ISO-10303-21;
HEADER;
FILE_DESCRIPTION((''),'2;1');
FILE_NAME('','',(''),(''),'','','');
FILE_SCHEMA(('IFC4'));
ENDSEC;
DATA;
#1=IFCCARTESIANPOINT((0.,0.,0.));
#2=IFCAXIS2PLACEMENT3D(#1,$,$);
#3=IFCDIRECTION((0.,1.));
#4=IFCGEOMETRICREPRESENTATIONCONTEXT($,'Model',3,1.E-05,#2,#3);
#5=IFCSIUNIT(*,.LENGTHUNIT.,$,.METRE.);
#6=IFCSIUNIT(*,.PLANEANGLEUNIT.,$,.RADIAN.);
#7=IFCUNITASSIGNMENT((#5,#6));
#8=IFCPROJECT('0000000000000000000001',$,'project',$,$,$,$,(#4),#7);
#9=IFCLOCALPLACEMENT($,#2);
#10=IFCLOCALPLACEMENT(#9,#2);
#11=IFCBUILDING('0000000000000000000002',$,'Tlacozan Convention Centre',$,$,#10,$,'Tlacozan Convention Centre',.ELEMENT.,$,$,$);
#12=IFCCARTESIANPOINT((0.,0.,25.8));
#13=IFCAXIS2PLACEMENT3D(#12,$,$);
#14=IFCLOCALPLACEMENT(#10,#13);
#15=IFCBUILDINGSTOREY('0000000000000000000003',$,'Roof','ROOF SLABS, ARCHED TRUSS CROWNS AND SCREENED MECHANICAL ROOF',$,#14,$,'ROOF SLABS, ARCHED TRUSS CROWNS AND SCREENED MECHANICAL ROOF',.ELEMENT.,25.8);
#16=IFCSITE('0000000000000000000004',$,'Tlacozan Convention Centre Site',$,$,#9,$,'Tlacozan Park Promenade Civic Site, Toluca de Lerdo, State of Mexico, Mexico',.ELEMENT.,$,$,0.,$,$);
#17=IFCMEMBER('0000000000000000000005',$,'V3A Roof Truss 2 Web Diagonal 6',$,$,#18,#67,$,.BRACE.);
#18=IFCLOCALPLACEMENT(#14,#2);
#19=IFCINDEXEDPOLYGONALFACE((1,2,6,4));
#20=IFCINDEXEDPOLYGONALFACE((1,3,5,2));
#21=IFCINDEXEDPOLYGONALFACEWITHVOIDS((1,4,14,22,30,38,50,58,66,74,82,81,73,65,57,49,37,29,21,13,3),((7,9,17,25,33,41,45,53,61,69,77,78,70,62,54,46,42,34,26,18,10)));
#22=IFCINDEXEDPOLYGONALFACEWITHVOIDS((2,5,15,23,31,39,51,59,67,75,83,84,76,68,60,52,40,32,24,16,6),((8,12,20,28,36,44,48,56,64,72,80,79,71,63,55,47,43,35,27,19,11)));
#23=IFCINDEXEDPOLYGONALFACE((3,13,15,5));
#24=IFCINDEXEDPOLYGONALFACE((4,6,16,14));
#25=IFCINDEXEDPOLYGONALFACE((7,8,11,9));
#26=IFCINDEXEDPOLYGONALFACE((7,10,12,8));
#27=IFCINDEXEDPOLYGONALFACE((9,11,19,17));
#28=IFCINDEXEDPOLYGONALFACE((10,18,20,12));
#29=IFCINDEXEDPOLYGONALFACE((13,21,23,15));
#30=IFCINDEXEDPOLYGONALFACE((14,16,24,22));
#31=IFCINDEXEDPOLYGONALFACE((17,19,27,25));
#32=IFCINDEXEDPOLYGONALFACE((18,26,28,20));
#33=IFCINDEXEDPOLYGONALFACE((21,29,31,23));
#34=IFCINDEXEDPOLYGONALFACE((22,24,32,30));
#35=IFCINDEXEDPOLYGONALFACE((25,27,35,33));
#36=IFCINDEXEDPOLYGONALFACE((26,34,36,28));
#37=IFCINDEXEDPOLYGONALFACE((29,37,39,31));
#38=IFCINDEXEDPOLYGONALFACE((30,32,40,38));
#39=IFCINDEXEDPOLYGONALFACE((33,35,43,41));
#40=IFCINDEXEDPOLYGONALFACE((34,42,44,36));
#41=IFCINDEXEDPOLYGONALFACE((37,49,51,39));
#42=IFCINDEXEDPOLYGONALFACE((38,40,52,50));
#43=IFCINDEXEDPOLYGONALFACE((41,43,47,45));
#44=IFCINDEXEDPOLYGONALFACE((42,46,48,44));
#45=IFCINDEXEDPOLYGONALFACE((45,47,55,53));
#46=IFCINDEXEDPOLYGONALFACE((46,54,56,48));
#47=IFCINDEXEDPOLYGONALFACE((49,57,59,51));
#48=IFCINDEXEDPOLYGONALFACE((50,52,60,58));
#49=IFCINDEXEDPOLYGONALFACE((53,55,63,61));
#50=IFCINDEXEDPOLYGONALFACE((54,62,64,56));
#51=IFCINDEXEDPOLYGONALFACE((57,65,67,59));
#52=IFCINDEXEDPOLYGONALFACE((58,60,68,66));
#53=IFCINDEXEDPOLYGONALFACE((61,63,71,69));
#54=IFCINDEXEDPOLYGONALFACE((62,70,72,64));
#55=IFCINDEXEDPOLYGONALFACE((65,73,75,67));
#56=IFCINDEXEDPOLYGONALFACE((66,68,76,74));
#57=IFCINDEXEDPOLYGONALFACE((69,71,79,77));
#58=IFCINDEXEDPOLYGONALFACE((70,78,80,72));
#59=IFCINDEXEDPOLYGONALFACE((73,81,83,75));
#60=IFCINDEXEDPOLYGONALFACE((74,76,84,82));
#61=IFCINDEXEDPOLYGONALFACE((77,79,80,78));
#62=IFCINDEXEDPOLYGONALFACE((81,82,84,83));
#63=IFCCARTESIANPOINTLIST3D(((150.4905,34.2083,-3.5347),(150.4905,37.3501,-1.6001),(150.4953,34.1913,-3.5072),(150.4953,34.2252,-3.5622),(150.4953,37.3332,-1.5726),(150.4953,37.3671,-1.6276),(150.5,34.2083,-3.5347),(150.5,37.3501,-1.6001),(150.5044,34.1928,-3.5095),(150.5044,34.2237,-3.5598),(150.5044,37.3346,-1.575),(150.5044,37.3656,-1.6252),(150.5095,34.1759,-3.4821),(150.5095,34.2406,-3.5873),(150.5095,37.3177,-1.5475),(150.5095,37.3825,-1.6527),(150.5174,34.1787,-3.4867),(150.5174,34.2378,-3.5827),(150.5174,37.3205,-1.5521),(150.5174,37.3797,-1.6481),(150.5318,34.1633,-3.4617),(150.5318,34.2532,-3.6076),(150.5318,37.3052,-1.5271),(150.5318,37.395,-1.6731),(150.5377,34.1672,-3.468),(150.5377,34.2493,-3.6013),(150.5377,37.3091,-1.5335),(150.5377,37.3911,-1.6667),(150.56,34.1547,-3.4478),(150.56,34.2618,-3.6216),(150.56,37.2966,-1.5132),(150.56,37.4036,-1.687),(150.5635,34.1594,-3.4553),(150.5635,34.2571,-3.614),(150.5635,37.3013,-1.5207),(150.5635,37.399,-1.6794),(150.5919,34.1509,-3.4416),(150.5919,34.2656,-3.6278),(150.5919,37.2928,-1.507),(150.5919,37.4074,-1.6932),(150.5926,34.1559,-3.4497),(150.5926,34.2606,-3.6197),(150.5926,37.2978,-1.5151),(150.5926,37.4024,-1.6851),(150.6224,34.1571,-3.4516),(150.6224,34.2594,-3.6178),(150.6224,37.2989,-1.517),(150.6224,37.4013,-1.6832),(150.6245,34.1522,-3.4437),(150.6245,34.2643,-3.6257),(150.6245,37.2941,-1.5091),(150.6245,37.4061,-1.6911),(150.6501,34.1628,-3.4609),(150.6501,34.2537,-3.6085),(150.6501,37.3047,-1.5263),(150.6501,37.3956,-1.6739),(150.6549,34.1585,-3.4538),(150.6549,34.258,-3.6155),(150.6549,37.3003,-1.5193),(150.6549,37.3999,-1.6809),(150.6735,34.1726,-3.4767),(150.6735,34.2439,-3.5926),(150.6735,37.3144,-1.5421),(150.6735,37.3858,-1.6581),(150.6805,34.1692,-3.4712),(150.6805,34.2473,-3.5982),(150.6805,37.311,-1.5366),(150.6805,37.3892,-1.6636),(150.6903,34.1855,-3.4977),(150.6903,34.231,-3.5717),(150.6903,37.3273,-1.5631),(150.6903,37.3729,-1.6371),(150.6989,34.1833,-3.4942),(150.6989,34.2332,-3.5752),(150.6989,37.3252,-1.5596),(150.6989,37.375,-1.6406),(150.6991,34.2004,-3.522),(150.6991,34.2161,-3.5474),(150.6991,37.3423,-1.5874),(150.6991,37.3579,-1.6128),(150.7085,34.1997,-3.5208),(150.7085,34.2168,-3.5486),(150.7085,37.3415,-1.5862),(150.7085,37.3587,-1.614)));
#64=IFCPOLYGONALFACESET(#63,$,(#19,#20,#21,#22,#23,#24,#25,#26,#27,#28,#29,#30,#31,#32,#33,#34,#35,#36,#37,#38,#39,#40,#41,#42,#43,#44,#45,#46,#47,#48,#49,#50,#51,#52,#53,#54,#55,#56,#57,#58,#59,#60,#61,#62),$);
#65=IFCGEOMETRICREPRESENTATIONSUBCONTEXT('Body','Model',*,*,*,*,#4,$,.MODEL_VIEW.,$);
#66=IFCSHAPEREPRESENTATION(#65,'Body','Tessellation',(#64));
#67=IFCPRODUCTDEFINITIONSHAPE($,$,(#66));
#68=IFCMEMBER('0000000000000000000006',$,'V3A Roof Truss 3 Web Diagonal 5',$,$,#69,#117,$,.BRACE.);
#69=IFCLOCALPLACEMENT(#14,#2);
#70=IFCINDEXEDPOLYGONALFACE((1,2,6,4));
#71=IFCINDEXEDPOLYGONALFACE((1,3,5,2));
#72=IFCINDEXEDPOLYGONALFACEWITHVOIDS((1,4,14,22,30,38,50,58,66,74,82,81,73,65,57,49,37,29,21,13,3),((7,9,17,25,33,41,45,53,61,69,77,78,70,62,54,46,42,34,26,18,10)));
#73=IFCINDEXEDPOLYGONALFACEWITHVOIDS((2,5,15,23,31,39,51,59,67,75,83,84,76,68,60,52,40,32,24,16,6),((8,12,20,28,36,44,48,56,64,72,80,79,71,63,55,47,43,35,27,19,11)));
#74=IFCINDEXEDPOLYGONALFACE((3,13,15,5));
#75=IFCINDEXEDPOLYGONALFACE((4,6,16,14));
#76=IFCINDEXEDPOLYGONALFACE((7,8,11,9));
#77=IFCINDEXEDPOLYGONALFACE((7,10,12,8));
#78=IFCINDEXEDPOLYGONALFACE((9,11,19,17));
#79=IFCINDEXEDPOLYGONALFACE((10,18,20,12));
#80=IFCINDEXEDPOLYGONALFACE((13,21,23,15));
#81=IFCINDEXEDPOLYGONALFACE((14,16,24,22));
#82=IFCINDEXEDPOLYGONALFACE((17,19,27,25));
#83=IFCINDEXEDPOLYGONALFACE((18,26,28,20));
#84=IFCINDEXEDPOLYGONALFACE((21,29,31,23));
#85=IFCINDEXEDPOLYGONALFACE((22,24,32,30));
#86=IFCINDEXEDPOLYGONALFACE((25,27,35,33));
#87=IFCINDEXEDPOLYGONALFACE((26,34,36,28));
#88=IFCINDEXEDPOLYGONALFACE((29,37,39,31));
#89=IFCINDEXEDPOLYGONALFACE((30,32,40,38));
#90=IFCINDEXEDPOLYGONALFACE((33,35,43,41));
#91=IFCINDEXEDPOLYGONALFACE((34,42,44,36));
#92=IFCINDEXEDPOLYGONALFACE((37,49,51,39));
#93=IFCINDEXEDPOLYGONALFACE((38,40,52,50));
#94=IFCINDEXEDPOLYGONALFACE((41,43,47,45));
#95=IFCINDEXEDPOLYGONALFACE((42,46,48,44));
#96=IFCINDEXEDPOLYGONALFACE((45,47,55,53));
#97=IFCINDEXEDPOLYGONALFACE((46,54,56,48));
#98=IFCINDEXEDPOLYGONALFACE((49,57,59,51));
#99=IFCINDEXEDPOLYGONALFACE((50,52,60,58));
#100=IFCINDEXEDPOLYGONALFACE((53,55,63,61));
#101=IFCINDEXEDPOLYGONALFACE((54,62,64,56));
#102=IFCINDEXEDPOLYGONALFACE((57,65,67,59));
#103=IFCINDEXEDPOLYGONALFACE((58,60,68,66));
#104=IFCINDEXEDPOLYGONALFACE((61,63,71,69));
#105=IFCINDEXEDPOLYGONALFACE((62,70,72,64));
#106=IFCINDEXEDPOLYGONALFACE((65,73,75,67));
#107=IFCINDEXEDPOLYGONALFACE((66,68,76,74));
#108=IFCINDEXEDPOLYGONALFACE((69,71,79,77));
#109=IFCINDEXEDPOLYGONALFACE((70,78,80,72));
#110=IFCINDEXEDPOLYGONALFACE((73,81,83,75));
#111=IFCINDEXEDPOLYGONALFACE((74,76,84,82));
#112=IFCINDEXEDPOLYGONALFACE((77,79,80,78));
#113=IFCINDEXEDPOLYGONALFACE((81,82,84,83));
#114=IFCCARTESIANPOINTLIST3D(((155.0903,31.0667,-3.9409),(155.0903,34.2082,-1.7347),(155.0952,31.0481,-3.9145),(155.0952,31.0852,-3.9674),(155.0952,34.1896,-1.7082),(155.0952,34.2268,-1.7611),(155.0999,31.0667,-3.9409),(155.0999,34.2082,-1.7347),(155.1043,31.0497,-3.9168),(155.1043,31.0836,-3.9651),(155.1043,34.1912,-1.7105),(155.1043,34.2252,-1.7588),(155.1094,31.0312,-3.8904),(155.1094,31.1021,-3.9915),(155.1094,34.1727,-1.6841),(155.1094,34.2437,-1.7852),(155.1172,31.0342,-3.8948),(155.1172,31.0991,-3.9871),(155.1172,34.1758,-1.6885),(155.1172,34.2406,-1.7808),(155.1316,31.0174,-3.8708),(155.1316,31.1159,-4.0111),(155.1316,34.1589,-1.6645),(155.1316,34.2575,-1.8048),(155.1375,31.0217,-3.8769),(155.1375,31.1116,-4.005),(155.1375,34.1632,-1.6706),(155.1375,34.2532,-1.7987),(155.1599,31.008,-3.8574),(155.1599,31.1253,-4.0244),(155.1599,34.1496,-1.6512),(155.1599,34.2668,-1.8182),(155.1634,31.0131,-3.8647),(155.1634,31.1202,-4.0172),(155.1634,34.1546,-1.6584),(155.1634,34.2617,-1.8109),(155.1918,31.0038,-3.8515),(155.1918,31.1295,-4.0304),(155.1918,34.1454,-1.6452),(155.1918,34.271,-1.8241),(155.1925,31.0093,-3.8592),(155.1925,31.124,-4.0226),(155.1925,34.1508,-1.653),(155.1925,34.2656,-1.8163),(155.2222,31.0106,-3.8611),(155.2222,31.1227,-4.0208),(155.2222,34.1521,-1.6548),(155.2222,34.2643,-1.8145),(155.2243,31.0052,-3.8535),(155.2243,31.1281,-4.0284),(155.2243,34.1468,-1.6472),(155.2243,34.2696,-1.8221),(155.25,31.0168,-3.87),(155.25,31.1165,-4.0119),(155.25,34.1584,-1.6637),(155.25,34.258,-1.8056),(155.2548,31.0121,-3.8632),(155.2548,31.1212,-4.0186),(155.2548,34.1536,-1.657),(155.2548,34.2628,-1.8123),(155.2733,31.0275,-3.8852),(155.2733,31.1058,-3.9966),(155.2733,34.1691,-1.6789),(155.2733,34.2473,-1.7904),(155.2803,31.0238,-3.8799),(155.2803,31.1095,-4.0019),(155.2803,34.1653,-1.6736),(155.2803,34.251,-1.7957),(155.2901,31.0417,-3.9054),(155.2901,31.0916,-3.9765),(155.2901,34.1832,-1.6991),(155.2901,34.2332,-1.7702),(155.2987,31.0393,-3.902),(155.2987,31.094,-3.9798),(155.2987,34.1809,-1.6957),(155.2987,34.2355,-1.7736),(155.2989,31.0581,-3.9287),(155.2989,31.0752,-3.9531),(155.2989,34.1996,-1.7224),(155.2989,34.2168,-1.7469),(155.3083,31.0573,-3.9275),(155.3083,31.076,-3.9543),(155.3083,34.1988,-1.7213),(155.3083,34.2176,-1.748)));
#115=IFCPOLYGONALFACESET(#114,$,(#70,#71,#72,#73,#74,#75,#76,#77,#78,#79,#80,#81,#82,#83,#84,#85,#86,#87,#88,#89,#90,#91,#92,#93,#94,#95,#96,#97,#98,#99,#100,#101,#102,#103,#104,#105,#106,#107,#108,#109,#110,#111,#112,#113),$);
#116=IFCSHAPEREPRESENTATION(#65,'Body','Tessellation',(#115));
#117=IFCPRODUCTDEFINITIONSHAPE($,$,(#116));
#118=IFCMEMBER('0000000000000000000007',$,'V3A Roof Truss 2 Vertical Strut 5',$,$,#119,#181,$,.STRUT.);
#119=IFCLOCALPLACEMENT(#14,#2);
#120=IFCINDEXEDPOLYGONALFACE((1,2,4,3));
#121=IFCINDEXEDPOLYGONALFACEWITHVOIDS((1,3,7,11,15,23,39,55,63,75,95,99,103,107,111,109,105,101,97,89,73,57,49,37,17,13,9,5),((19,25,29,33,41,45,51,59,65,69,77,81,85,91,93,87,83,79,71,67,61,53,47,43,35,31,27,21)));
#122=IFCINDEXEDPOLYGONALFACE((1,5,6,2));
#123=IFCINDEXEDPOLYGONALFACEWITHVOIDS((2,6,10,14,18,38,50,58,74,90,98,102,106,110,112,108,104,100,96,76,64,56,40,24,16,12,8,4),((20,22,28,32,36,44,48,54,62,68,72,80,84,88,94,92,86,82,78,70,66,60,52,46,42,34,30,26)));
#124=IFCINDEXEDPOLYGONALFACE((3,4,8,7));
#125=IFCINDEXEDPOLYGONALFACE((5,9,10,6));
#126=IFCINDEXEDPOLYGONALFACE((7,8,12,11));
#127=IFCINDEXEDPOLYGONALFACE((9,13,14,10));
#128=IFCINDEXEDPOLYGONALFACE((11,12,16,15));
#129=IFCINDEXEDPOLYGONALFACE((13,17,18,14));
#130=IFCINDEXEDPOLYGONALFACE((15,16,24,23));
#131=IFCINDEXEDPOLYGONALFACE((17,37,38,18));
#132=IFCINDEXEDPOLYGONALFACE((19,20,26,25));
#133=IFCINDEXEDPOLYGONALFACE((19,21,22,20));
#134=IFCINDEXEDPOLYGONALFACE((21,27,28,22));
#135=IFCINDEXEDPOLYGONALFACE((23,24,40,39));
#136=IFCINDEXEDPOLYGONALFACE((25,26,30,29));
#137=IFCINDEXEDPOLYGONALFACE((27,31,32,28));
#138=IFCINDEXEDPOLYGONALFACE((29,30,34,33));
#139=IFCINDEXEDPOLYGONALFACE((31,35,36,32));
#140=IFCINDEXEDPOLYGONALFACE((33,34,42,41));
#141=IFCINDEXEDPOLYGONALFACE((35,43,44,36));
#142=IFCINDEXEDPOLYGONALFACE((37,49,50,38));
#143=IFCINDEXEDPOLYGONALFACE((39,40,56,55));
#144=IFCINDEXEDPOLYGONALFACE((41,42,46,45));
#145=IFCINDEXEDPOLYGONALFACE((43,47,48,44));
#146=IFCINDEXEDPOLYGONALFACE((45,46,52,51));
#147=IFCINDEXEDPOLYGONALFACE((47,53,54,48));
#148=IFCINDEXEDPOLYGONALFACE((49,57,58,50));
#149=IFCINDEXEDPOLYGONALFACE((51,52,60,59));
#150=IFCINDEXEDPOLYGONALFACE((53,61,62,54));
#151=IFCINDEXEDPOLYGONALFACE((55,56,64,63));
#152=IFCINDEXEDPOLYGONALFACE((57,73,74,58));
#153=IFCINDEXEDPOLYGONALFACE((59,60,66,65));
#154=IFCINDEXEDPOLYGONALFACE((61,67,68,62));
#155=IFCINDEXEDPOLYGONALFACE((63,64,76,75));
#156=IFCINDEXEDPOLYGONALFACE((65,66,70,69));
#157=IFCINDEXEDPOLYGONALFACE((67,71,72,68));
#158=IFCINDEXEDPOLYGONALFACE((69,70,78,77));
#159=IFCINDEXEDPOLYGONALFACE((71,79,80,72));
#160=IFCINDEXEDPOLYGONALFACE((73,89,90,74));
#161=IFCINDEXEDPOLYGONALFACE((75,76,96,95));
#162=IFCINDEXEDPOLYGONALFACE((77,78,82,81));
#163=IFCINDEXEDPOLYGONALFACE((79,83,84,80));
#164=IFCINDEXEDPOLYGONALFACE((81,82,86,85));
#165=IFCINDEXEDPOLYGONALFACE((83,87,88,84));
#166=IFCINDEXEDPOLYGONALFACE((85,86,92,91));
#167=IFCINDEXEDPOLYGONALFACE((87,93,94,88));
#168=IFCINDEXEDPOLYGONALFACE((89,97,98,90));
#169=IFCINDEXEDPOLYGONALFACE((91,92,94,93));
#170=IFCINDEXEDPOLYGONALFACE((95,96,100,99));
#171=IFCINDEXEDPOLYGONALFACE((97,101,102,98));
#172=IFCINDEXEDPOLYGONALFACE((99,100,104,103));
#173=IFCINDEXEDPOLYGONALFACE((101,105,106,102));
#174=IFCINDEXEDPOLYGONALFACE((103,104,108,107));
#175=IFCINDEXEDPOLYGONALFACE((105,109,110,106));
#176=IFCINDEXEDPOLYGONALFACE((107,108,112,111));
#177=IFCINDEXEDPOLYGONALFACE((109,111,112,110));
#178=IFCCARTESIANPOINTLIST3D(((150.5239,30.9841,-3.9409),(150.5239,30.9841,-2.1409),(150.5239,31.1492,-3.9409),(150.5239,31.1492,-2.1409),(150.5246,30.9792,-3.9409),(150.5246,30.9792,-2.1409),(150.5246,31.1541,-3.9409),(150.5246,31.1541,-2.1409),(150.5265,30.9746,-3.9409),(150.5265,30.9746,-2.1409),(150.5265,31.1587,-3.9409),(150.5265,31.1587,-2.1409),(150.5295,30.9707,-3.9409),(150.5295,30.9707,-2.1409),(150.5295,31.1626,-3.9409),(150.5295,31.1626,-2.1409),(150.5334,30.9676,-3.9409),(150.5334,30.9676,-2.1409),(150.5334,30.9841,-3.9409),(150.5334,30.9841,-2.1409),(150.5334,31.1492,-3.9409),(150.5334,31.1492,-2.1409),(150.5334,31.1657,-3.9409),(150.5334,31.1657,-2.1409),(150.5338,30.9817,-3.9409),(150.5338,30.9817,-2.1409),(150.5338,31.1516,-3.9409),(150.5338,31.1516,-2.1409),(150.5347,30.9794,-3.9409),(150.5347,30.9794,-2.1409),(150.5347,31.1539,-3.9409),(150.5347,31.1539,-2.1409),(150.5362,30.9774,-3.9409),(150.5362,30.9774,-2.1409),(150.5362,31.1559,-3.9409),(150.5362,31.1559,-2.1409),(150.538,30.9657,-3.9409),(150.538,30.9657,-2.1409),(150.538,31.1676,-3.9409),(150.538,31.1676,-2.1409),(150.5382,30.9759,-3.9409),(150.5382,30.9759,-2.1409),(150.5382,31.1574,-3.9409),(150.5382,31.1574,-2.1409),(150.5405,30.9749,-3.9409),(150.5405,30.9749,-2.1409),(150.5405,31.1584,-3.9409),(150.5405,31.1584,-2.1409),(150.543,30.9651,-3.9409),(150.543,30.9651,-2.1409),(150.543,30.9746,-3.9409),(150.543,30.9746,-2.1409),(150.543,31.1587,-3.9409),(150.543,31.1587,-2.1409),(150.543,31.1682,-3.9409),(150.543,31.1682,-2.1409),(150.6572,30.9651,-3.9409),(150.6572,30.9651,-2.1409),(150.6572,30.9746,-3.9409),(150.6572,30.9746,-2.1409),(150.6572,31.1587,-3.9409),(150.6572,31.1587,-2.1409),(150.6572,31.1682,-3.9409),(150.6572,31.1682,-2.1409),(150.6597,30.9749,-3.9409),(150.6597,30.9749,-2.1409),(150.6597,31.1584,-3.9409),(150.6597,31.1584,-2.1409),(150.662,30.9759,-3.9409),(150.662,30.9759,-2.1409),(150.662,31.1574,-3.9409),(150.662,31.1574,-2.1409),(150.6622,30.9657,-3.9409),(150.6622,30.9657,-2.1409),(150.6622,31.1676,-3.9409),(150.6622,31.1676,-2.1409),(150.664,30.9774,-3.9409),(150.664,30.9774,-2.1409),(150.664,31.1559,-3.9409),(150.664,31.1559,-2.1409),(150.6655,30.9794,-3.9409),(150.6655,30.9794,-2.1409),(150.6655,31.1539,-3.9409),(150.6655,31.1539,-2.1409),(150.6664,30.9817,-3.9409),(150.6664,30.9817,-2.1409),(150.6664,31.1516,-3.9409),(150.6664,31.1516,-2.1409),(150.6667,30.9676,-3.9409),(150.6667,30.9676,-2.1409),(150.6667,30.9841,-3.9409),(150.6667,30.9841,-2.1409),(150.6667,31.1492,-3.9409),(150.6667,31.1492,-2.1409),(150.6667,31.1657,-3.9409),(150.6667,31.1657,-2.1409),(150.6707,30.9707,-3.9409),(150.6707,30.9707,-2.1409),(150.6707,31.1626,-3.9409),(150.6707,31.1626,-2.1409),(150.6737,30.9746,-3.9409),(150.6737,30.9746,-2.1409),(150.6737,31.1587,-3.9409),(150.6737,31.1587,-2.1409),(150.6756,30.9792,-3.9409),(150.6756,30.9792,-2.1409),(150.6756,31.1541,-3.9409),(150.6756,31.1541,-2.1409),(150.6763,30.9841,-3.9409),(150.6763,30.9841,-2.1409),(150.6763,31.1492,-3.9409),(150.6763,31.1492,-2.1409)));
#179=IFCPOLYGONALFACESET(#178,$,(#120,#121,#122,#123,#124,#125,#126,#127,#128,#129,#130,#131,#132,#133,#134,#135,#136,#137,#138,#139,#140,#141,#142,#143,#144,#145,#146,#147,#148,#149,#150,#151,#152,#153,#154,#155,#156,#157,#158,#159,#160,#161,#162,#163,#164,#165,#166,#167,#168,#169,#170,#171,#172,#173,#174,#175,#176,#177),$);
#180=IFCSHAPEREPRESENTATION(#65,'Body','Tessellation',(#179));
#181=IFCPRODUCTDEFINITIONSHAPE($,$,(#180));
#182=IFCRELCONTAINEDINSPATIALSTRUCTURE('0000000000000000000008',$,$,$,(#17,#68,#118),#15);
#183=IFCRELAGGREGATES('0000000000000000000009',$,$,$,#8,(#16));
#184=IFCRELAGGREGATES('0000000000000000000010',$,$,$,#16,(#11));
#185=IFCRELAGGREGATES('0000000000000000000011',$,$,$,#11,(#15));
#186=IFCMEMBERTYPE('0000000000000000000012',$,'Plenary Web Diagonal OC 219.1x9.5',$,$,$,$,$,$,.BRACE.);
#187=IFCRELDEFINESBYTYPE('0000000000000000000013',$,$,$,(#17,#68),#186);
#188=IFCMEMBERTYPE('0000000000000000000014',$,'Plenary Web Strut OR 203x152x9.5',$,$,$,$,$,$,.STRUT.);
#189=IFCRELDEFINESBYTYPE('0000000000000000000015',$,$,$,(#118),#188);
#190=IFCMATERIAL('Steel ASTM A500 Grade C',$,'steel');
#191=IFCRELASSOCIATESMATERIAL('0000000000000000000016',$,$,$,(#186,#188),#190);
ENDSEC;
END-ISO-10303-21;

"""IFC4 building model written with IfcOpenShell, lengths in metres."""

from ifc_helpers import new_model, si_unit, direction, frame, origin, origin_2d, place, context, subcontext, project, spatial, hollow_rectangle, hollow_circle, extrude, material, material_profile, profile_set, type_object, element, save


model = new_model("IFC4")

# Units and contexts
model_context = context("Model", 3, precision=1e-05, world=origin(), true_north=direction((0.0, 1.0)))
body_context = subcontext(model_context, "Body", "Model", "MODEL_VIEW")
ifc_project = project(units=[si_unit("LENGTHUNIT", "METRE"), si_unit("PLANEANGLEUNIT", "RADIAN")], contexts=[model_context])

# Site, building, storey
site_placement = place(None, origin())
site = spatial("IfcSite", under=ifc_project, at=site_placement, Name="Tlacozan Convention Centre Site", LongName="Tlacozan Park Promenade Civic Site, Toluca de Lerdo, State of Mexico, Mexico", CompositionType="ELEMENT", RefElevation=0.0)
building_placement = place(site_placement, origin())
building = spatial("IfcBuilding", under=site, at=building_placement, Name="Tlacozan Convention Centre", LongName="Tlacozan Convention Centre", CompositionType="ELEMENT")
storey_placement = place(building_placement, frame((0.0, 0.0, 25.8)))
storey = spatial("IfcBuildingStorey", under=building, at=storey_placement, Name="Roof", Description="ROOF SLABS, ARCHED TRUSS CROWNS AND SCREENED MECHANICAL ROOF", LongName="ROOF SLABS, ARCHED TRUSS CROWNS AND SCREENED MECHANICAL ROOF", CompositionType="ELEMENT", Elevation=25.8)

# Members
ifc_material_1 = material(Name="Steel ASTM A500 Grade C", Category="steel")
ifc_material_profile_1 = material_profile(ifc_material_1, hollow_circle(Radius=0.1096, WallThickness=0.0095, at=origin_2d()), Name="OC 219.1x9.5")
ifc_profile_set_1 = profile_set([ifc_material_profile_1], Name="Steel ASTM A500 Grade C")
member_type_1 = type_object("IfcMemberType", Name="Plenary Web Diagonal OC 219.1x9.5", PredefinedType="BRACE", material=ifc_profile_set_1)
member_1_placement = place(storey_placement, frame((150.6001, 34.2083, -3.5347), z_axis=(0.0, 0.851522, 0.524319), x_axis=(-1.0, 0.0, 0.0)))
element("IfcMember", 1, at=member_1_placement, inside=storey, type_object=member_type_1, Name="V3A Roof Truss 2 Web Diagonal 6", PredefinedType="BRACE", context=body_context, shape_type="SweptSolid", body=[
    extrude(hollow_circle(Radius=0.1096, WallThickness=0.0095, at=origin_2d()), origin(), (0.0, 0.0, 1.0), 3.6897),
])
member_2_placement = place(storey_placement, frame((155.2, 31.0667, -3.9409), z_axis=(0.0, 0.818353, 0.574717), x_axis=(-1.0, 0.0, 0.0)))
element("IfcMember", 2, at=member_2_placement, inside=storey, type_object=member_type_1, Name="V3A Roof Truss 3 Web Diagonal 5", PredefinedType="BRACE", context=body_context, shape_type="SweptSolid", body=[
    extrude(hollow_circle(Radius=0.1096, WallThickness=0.0095, at=origin_2d()), origin(), (0.0, 0.0, 1.0), 3.8389),
])
ifc_material_profile_2 = material_profile(ifc_material_1, hollow_rectangle(XDim=0.1523, YDim=0.2031, WallThickness=0.0095, InnerFilletRadius=0.0095, OuterFilletRadius=0.019, at=origin_2d()), Name="OR 203x152x9.5")
ifc_profile_set_2 = profile_set([ifc_material_profile_2], Name="Steel ASTM A500 Grade C")
member_type_2 = type_object("IfcMemberType", Name="Plenary Web Strut OR 203x152x9.5", PredefinedType="STRUT", material=ifc_profile_set_2)
for number, where, z_axis, x_axis, name in (
    (3, (150.6001, 31.0667, -3.9409), (0.0, 0.0, 1.0), (1.0, 0.0, 0.0), "V3A Roof Truss 2 Vertical Strut 5"),
):
    element("IfcMember", number, at=place(storey_placement, frame(where, z_axis=z_axis, x_axis=x_axis)), inside=storey, type_object=member_type_2, Name=name, PredefinedType="STRUT", context=body_context, shape_type="SweptSolid", body=[
        extrude(hollow_rectangle(XDim=0.1523, YDim=0.2031, WallThickness=0.0095, InnerFilletRadius=0.0095, OuterFilletRadius=0.019, at=origin_2d()), origin(), (0.0, 0.0, 1.0), 1.8),
    ])

save(model, "model.ifc")
